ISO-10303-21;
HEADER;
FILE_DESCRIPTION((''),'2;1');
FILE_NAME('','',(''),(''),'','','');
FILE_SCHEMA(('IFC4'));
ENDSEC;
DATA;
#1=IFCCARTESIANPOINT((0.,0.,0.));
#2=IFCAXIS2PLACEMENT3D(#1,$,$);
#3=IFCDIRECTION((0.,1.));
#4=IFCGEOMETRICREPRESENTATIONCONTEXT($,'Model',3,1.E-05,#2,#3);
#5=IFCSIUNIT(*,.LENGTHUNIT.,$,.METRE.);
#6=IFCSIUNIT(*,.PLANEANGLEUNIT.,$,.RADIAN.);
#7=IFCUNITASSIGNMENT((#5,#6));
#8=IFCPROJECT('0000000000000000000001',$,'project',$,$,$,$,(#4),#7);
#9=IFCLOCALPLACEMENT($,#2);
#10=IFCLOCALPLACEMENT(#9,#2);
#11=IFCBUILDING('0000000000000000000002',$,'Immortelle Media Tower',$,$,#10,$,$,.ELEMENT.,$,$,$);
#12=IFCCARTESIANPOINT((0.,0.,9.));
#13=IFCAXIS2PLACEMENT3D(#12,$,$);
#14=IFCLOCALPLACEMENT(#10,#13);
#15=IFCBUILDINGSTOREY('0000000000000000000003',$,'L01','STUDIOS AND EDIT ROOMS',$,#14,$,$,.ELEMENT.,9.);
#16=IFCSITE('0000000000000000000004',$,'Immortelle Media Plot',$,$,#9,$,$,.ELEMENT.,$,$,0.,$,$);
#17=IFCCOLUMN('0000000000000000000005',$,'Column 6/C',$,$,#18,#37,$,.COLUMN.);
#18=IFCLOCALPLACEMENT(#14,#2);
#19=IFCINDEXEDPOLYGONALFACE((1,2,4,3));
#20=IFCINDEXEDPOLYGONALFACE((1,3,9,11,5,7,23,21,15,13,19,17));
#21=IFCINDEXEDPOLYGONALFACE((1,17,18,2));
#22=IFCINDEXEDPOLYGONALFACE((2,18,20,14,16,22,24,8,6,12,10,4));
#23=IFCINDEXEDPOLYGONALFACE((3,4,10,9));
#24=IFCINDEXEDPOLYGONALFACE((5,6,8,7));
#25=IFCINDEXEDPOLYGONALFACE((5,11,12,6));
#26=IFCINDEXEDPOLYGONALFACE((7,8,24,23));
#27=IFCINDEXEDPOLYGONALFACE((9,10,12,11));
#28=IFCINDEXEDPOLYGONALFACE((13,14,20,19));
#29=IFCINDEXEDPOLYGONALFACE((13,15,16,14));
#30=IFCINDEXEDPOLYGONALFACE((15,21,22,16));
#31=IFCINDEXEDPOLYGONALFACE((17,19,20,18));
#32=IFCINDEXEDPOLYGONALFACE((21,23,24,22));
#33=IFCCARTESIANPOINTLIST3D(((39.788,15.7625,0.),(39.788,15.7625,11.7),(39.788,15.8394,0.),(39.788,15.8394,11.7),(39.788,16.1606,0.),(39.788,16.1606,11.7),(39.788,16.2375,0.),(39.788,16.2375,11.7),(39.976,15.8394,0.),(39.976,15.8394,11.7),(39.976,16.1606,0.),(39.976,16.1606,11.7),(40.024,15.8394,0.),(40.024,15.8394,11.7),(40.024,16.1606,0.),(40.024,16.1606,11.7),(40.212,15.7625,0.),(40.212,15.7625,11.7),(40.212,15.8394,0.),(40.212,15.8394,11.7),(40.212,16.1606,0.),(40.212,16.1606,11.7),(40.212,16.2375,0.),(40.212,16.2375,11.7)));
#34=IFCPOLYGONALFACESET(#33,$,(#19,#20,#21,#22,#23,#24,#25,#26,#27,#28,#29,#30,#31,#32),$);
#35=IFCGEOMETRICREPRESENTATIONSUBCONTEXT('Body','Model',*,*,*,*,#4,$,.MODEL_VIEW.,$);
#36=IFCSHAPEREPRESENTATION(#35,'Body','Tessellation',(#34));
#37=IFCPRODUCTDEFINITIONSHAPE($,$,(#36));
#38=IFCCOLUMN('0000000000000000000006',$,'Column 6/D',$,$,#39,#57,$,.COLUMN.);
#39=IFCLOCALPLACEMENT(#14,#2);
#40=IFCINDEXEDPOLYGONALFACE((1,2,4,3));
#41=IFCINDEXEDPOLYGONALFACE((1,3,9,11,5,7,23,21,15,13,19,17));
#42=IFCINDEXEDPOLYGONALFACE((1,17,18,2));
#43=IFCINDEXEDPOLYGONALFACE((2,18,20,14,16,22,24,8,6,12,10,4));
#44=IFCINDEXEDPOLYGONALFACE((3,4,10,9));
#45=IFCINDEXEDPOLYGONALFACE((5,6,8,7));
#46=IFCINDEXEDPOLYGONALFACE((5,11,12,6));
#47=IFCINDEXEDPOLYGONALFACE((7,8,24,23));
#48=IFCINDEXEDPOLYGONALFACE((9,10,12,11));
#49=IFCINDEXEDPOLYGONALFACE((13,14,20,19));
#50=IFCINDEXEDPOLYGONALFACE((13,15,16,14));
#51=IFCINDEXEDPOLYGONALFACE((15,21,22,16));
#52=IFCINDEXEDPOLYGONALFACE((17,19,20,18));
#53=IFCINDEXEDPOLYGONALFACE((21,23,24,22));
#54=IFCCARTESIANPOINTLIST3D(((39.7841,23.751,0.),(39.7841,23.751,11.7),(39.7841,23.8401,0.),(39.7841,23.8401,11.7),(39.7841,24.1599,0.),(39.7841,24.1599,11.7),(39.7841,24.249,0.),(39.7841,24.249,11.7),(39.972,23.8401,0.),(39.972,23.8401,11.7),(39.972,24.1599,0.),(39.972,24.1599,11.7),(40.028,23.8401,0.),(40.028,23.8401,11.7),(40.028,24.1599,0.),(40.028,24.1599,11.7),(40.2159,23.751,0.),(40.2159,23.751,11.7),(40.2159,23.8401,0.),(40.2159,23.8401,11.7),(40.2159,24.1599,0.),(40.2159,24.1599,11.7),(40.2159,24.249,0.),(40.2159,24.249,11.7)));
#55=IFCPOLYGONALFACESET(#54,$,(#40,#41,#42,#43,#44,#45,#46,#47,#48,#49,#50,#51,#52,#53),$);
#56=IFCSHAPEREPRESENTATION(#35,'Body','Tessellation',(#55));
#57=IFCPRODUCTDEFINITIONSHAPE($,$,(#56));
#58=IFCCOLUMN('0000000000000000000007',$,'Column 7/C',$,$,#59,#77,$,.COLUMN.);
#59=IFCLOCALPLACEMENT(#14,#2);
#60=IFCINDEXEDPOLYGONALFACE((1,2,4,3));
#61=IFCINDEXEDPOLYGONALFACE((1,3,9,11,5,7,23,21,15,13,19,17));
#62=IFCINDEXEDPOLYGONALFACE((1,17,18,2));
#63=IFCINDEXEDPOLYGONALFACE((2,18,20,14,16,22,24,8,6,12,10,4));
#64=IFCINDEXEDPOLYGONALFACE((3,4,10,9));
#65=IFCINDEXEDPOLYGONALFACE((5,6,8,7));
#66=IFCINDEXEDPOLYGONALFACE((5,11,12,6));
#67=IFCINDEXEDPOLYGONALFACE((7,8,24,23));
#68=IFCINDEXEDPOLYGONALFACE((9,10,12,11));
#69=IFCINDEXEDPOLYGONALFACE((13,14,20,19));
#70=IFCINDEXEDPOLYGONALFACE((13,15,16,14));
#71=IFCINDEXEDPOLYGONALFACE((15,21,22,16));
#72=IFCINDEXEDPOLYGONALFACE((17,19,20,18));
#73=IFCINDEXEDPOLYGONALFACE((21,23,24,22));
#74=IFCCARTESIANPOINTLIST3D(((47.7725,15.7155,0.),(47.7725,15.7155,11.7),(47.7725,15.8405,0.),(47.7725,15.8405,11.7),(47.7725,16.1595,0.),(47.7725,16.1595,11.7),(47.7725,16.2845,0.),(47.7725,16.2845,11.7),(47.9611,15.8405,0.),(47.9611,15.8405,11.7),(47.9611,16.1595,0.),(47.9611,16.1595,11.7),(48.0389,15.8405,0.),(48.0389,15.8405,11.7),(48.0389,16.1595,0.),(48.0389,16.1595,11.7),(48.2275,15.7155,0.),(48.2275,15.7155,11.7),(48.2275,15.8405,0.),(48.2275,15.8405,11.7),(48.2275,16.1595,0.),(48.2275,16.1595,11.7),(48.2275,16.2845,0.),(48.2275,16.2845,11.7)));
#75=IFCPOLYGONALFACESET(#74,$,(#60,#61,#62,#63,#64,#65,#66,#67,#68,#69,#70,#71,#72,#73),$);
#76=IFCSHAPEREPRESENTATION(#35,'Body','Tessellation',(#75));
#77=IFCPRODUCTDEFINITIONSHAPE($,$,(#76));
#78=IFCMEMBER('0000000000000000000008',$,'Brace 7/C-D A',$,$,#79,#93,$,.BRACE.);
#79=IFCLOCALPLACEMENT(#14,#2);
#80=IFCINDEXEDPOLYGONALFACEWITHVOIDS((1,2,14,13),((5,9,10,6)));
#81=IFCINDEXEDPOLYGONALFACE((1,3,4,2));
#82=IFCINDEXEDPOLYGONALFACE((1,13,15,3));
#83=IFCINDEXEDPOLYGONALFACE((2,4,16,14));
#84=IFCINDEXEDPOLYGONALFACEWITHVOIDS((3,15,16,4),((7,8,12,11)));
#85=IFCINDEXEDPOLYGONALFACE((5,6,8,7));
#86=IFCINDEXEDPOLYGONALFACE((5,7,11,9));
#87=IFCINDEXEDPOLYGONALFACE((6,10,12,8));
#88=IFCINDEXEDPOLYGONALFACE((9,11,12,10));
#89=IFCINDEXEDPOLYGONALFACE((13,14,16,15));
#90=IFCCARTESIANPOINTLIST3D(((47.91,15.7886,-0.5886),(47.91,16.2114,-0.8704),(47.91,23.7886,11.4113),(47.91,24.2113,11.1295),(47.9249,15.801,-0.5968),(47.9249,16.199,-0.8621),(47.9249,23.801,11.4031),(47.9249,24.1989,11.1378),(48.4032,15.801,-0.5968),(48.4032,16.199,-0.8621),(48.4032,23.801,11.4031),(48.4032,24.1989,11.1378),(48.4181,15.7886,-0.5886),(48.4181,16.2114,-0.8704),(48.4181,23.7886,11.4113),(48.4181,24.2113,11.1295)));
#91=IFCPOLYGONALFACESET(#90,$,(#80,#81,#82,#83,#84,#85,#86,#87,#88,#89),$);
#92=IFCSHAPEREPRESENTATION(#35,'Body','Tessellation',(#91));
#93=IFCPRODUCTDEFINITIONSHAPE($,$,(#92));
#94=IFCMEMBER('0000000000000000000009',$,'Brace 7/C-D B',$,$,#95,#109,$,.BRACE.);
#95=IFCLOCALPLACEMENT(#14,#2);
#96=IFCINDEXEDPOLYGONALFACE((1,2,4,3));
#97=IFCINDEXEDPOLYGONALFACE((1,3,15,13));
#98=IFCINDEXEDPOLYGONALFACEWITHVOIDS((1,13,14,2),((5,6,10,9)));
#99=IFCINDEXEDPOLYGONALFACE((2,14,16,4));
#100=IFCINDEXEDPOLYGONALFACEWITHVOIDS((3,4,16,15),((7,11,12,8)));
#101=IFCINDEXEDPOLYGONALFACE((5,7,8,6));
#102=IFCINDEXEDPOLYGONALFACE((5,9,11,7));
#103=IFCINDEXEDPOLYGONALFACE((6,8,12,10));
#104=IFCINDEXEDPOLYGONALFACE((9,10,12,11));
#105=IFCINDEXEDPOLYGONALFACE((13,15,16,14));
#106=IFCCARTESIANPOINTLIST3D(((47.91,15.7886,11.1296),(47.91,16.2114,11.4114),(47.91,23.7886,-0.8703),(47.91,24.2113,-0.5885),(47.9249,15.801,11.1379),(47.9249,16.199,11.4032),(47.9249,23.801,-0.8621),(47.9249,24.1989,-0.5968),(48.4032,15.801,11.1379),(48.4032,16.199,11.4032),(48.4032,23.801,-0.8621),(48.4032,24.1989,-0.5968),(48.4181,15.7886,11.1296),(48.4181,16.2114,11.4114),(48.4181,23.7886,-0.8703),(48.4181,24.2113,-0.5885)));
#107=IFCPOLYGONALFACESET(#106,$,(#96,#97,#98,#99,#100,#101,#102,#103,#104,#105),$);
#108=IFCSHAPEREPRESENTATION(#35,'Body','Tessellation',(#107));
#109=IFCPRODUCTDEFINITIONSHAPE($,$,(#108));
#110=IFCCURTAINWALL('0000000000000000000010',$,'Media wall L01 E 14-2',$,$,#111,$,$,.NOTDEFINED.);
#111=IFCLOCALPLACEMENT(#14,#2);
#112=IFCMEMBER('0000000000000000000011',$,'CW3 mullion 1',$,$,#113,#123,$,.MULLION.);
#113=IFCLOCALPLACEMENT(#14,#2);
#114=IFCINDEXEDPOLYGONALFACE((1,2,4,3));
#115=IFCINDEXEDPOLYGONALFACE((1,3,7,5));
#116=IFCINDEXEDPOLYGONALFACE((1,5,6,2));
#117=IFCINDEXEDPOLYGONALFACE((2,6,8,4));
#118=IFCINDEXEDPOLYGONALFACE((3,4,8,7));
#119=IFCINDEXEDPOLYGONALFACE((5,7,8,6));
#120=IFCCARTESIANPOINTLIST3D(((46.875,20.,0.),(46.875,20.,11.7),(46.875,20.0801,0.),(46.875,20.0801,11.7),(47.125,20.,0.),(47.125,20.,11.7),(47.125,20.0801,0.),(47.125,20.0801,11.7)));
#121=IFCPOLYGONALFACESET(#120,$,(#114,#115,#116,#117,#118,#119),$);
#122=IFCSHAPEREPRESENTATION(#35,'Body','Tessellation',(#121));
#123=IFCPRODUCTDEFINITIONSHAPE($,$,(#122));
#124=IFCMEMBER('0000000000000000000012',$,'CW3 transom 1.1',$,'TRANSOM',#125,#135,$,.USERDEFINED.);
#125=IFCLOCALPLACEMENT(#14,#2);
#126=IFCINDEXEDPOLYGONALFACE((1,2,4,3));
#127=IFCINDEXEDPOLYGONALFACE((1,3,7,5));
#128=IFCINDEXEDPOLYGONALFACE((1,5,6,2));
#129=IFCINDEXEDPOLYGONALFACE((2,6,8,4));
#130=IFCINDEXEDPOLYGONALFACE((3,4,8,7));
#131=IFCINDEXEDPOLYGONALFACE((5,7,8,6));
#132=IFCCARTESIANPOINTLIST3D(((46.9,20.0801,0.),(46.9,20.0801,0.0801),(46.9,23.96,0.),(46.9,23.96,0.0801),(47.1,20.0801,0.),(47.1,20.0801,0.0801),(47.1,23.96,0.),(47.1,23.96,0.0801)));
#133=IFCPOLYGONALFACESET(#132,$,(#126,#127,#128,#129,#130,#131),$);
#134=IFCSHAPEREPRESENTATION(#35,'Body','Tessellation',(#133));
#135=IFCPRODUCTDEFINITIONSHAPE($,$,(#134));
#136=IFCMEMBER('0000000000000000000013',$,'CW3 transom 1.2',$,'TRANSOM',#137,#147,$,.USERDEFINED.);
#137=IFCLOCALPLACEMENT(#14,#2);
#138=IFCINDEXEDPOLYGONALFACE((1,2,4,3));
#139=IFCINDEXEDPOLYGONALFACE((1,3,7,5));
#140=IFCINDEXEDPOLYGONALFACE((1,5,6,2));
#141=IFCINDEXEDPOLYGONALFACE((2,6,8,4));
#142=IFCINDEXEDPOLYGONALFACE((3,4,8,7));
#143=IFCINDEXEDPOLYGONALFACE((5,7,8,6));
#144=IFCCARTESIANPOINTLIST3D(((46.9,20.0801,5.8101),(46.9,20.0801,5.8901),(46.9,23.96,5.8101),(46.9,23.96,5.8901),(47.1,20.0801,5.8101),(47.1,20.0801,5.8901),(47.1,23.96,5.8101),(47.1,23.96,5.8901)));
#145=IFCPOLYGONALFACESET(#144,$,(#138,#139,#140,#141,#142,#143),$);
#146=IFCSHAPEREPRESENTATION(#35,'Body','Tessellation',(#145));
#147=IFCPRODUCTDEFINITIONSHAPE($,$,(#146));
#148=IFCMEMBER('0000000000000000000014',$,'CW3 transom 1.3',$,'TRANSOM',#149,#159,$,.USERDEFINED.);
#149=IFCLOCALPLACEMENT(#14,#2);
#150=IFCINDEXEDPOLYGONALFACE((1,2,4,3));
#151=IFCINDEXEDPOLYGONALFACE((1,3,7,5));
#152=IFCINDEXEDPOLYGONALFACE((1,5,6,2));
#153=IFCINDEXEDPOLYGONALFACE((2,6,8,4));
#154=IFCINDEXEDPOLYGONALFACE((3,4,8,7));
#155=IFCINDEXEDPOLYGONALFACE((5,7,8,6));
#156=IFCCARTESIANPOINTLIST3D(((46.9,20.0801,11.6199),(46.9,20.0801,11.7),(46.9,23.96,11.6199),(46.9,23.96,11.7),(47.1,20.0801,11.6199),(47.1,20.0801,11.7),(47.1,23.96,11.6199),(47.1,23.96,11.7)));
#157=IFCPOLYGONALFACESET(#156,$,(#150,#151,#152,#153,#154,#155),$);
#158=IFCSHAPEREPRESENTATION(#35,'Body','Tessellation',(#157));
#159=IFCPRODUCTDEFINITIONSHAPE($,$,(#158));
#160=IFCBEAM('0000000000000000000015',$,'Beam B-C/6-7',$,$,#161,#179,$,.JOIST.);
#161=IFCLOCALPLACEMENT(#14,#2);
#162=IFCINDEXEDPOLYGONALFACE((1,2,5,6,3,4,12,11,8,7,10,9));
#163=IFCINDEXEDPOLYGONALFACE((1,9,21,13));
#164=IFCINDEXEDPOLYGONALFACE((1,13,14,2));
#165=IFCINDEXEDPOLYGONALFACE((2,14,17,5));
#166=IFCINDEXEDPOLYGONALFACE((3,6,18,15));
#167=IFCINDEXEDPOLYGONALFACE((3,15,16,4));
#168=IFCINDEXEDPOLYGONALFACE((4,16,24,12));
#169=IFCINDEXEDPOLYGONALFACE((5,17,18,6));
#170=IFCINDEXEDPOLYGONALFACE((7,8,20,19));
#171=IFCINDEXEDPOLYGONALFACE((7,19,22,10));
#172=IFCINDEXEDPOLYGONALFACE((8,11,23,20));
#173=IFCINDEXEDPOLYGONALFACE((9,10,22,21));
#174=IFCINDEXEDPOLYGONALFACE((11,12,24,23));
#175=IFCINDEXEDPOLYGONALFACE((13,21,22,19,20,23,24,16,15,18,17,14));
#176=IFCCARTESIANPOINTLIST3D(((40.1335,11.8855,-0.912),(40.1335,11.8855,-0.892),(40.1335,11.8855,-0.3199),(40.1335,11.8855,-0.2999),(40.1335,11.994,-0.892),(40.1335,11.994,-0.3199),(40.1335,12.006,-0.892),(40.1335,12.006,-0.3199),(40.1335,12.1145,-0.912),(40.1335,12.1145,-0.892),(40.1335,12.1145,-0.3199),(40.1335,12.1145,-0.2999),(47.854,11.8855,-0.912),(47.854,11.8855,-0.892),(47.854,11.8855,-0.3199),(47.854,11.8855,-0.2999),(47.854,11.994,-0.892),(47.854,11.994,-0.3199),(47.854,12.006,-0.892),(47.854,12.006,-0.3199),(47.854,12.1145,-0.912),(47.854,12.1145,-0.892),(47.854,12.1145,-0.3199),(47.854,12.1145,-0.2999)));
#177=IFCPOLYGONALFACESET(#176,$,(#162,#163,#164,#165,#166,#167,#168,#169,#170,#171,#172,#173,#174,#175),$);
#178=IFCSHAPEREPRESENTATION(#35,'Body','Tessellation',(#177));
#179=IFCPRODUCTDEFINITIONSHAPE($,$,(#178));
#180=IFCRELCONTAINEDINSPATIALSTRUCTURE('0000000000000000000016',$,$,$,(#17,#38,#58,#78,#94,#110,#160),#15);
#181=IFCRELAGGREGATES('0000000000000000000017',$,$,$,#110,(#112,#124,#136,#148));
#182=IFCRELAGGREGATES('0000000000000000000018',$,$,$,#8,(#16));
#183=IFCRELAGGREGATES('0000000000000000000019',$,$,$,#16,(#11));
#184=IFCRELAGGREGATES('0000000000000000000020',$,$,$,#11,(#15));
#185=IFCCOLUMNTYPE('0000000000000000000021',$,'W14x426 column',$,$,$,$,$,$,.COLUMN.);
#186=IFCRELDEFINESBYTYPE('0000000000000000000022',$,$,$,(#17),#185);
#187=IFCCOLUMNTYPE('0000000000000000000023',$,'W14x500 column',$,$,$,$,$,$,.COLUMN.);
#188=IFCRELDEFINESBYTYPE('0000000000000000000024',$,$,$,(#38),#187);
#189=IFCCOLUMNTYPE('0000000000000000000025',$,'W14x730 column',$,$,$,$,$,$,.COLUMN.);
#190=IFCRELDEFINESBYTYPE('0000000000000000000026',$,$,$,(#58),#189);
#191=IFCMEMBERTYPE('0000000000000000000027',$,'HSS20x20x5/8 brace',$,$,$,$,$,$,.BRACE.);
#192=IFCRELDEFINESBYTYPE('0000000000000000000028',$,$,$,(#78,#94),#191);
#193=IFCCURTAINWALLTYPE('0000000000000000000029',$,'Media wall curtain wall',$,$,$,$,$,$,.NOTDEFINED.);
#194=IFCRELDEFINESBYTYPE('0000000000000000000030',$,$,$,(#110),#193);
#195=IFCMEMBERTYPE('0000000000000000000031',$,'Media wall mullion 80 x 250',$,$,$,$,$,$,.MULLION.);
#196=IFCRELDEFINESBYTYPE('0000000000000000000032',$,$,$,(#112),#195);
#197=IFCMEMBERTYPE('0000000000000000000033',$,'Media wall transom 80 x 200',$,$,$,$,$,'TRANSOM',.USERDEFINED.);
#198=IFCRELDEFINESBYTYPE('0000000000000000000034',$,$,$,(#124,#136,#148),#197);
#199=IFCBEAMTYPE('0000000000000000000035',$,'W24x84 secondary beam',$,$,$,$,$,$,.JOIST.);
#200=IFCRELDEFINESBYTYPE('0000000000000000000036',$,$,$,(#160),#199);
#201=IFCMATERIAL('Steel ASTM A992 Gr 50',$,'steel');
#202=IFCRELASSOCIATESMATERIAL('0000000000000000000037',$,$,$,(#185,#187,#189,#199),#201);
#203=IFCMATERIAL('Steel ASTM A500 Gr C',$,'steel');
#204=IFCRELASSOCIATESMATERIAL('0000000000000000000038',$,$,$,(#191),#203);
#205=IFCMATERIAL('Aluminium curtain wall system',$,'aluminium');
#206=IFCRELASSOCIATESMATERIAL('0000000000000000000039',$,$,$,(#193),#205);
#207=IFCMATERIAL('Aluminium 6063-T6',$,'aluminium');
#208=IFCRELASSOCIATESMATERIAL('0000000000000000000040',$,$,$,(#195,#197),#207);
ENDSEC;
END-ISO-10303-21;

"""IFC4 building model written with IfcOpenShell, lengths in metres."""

from ifc_helpers import new_model, si_unit, direction, frame, origin, origin_2d, place, context, subcontext, project, spatial, rectangle, hollow_rectangle, i_section, extrude, material, material_profile, profile_set, type_object, element, aggregate, save


model = new_model("IFC4")

# Units and contexts
model_context = context("Model", 3, precision=1e-05, world=origin(), true_north=direction((0.0, 1.0)))
body_context = subcontext(model_context, "Body", "Model", "MODEL_VIEW")
ifc_project = project(units=[si_unit("LENGTHUNIT", "METRE"), si_unit("PLANEANGLEUNIT", "RADIAN")], contexts=[model_context])

# Site, building, storey
site_placement = place(None, origin())
site = spatial("IfcSite", under=ifc_project, at=site_placement, Name="Immortelle Media Plot", CompositionType="ELEMENT", RefElevation=0.0)
building_placement = place(site_placement, origin())
building = spatial("IfcBuilding", under=site, at=building_placement, Name="Immortelle Media Tower", CompositionType="ELEMENT")
storey_placement = place(building_placement, frame((0.0, 0.0, 9.0)))
storey = spatial("IfcBuildingStorey", under=building, at=storey_placement, Name="L01", Description="STUDIOS AND EDIT ROOMS", CompositionType="ELEMENT", Elevation=9.0)

# Columns
ifc_material_1 = material(Name="Steel ASTM A992 Gr 50", Category="steel")
ifc_material_profile_1 = material_profile(ifc_material_1, i_section(OverallWidth=0.4241, OverallDepth=0.4751, WebThickness=0.0481, FlangeThickness=0.0769, at=origin_2d()), Name="W14x426")
ifc_profile_set_1 = profile_set([ifc_material_profile_1], Name="Steel ASTM A992 Gr 50")
column_type_1 = type_object("IfcColumnType", Name="W14x426 column", PredefinedType="COLUMN", material=ifc_profile_set_1)
column_1_placement = place(storey_placement, frame((40.0, 16.0, 0.0), z_axis=(0.0, 0.0, 1.0), x_axis=(1.0, 0.0, 0.0)))
element("IfcColumn", 1, at=column_1_placement, inside=storey, type_object=column_type_1, Name="Column 6/C", PredefinedType="COLUMN", context=body_context, shape_type="SweptSolid", body=[
    extrude(i_section(OverallWidth=0.4241, OverallDepth=0.4751, WebThickness=0.0481, FlangeThickness=0.0769, at=origin_2d()), origin(), (0.0, 0.0, 1.0), 11.7),
])
ifc_material_profile_2 = material_profile(ifc_material_1, i_section(OverallWidth=0.4319, OverallDepth=0.498, WebThickness=0.0559, FlangeThickness=0.0891, at=origin_2d()), Name="W14x500")
ifc_profile_set_2 = profile_set([ifc_material_profile_2], Name="Steel ASTM A992 Gr 50")
column_type_2 = type_object("IfcColumnType", Name="W14x500 column", PredefinedType="COLUMN", material=ifc_profile_set_2)
column_2_placement = place(storey_placement, frame((40.0, 24.0, 0.0), z_axis=(0.0, 0.0, 1.0), x_axis=(1.0, 0.0, 0.0)))
element("IfcColumn", 2, at=column_2_placement, inside=storey, type_object=column_type_2, Name="Column 6/D", PredefinedType="COLUMN", context=body_context, shape_type="SweptSolid", body=[
    extrude(i_section(OverallWidth=0.4319, OverallDepth=0.498, WebThickness=0.0559, FlangeThickness=0.0891, at=origin_2d()), origin(), (0.0, 0.0, 1.0), 11.7),
])
ifc_material_profile_3 = material_profile(ifc_material_1, i_section(OverallWidth=0.4551, OverallDepth=0.5691, WebThickness=0.0779, FlangeThickness=0.125, at=origin_2d()), Name="W14x730")
ifc_profile_set_3 = profile_set([ifc_material_profile_3], Name="Steel ASTM A992 Gr 50")
column_type_3 = type_object("IfcColumnType", Name="W14x730 column", PredefinedType="COLUMN", material=ifc_profile_set_3)
column_3_placement = place(storey_placement, frame((48.0, 16.0, 0.0), z_axis=(0.0, 0.0, 1.0), x_axis=(1.0, 0.0, 0.0)))
element("IfcColumn", 3, at=column_3_placement, inside=storey, type_object=column_type_3, Name="Column 7/C", PredefinedType="COLUMN", context=body_context, shape_type="SweptSolid", body=[
    extrude(i_section(OverallWidth=0.4551, OverallDepth=0.5691, WebThickness=0.0779, FlangeThickness=0.125, at=origin_2d()), origin(), (0.0, 0.0, 1.0), 11.7),
])

# Members
ifc_material_2 = material(Name="Steel ASTM A500 Gr C", Category="steel")
ifc_material_profile_4 = material_profile(ifc_material_2, hollow_rectangle(XDim=0.5081, YDim=0.5081, WallThickness=0.0149, at=origin_2d()), Name="HSS20x20x5/8 brace")
ifc_profile_set_4 = profile_set([ifc_material_profile_4], Name="Steel ASTM A500 Gr C")
member_type_1 = type_object("IfcMemberType", Name="HSS20x20x5/8 brace", PredefinedType="BRACE", material=ifc_profile_set_4)
for number, where, z_axis, x_axis, name in (
    (4, (48.1641, 16.0, -0.7295), (0.0, 0.5547, 0.83205), (-1.0, 0.0, 0.0), "Brace 7/C-D A"),
    (5, (48.1641, 16.0, 11.2705), (0.0, 0.5547, -0.83205), (-1.0, 0.0, 0.0), "Brace 7/C-D B"),
):
    element("IfcMember", number, at=place(storey_placement, frame(where, z_axis=z_axis, x_axis=x_axis)), inside=storey, type_object=member_type_1, Name=name, PredefinedType="BRACE", context=body_context, shape_type="SweptSolid", body=[
        extrude(hollow_rectangle(XDim=0.5081, YDim=0.5081, WallThickness=0.0149, at=origin_2d()), origin(), (0.0, 0.0, 1.0), 14.4221),
    ])

# Curtain wall, members
ifc_material_3 = material(Name="Aluminium curtain wall system", Category="aluminium")
curtain_wall_type = type_object("IfcCurtainWallType", Name="Media wall curtain wall", PredefinedType="NOTDEFINED", material=ifc_material_3)
curtain_wall_placement = place(storey_placement, origin())
curtain_wall = element("IfcCurtainWall", 6, at=curtain_wall_placement, inside=storey, type_object=curtain_wall_type, Name="Media wall L01 E 14-2", PredefinedType="NOTDEFINED")
ifc_material_4 = material(Name="Aluminium 6063-T6", Category="aluminium")
ifc_material_profile_5 = material_profile(ifc_material_4, rectangle(XDim=0.25, YDim=0.0801, at=origin_2d()), Name="AL 80x250")
ifc_profile_set_5 = profile_set([ifc_material_profile_5], Name="Aluminium 6063-T6")
member_type_2 = type_object("IfcMemberType", Name="Media wall mullion 80 x 250", PredefinedType="MULLION", material=ifc_profile_set_5)
member_1_placement = place(storey_placement, frame((47.0, 20.04, 0.0), z_axis=(0.0, 0.0, 1.0), x_axis=(-1.0, 0.0, 0.0)))
member_1 = element("IfcMember", 7, at=member_1_placement, type_object=member_type_2, Name="CW3 mullion 1", PredefinedType="MULLION", context=body_context, shape_type="SweptSolid", body=[
    extrude(rectangle(XDim=0.25, YDim=0.0801, at=origin_2d()), origin(), (0.0, 0.0, 1.0), 11.7),
])
ifc_material_profile_6 = material_profile(ifc_material_4, rectangle(XDim=0.2, YDim=0.0801, at=origin_2d()), Name="AL 80x200")
ifc_profile_set_6 = profile_set([ifc_material_profile_6], Name="Aluminium 6063-T6")
member_type_3 = type_object("IfcMemberType", Name="Media wall transom 80 x 200", ElementType="TRANSOM", PredefinedType="USERDEFINED", material=ifc_profile_set_6)
member_2_placement = place(storey_placement, frame((47.0, 20.0801, 0.04), z_axis=(0.0, 1.0, 0.0), x_axis=(-1.0, 0.0, 0.0)))
member_2 = element("IfcMember", 8, at=member_2_placement, type_object=member_type_3, Name="CW3 transom 1.1", ObjectType="TRANSOM", PredefinedType="USERDEFINED", context=body_context, shape_type="SweptSolid", body=[
    extrude(rectangle(XDim=0.2, YDim=0.0801, at=origin_2d()), origin(), (0.0, 0.0, 1.0), 3.8799),
])
member_3_placement = place(storey_placement, frame((47.0, 20.0801, 5.8501), z_axis=(0.0, 1.0, 0.0), x_axis=(-1.0, 0.0, 0.0)))
member_3 = element("IfcMember", 9, at=member_3_placement, type_object=member_type_3, Name="CW3 transom 1.2", ObjectType="TRANSOM", PredefinedType="USERDEFINED", context=body_context, shape_type="SweptSolid", body=[
    extrude(rectangle(XDim=0.2, YDim=0.0801, at=origin_2d()), origin(), (0.0, 0.0, 1.0), 3.8799),
])
member_4_placement = place(storey_placement, frame((47.0, 20.0801, 11.6599), z_axis=(0.0, 1.0, 0.0), x_axis=(-1.0, 0.0, 0.0)))
member_4 = element("IfcMember", 10, at=member_4_placement, type_object=member_type_3, Name="CW3 transom 1.3", ObjectType="TRANSOM", PredefinedType="USERDEFINED", context=body_context, shape_type="SweptSolid", body=[
    extrude(rectangle(XDim=0.2, YDim=0.0801, at=origin_2d()), origin(), (0.0, 0.0, 1.0), 3.8799),
])

# Beam
ifc_material_profile_7 = material_profile(ifc_material_1, i_section(OverallWidth=0.229, OverallDepth=0.6121, WebThickness=0.012, FlangeThickness=0.02, at=origin_2d()), Name="W24x84")
ifc_profile_set_7 = profile_set([ifc_material_profile_7], Name="Steel ASTM A992 Gr 50")
beam_type_1 = type_object("IfcBeamType", Name="W24x84 secondary beam", PredefinedType="JOIST", material=ifc_profile_set_7)
beam_1_placement = place(storey_placement, frame((40.1335, 12.0, -0.606), z_axis=(1.0, 0.0, 0.0), x_axis=(0.0, 1.0, 0.0)))
element("IfcBeam", 11, at=beam_1_placement, inside=storey, type_object=beam_type_1, Name="Beam B-C/6-7", PredefinedType="JOIST", context=body_context, shape_type="SweptSolid", body=[
    extrude(i_section(OverallWidth=0.229, OverallDepth=0.6121, WebThickness=0.012, FlangeThickness=0.02, at=origin_2d()), origin(), (0.0, 0.0, 1.0), 7.7205),
])

aggregate(curtain_wall, [member_1, member_2, member_3, member_4])

save(model, "model.ifc")
